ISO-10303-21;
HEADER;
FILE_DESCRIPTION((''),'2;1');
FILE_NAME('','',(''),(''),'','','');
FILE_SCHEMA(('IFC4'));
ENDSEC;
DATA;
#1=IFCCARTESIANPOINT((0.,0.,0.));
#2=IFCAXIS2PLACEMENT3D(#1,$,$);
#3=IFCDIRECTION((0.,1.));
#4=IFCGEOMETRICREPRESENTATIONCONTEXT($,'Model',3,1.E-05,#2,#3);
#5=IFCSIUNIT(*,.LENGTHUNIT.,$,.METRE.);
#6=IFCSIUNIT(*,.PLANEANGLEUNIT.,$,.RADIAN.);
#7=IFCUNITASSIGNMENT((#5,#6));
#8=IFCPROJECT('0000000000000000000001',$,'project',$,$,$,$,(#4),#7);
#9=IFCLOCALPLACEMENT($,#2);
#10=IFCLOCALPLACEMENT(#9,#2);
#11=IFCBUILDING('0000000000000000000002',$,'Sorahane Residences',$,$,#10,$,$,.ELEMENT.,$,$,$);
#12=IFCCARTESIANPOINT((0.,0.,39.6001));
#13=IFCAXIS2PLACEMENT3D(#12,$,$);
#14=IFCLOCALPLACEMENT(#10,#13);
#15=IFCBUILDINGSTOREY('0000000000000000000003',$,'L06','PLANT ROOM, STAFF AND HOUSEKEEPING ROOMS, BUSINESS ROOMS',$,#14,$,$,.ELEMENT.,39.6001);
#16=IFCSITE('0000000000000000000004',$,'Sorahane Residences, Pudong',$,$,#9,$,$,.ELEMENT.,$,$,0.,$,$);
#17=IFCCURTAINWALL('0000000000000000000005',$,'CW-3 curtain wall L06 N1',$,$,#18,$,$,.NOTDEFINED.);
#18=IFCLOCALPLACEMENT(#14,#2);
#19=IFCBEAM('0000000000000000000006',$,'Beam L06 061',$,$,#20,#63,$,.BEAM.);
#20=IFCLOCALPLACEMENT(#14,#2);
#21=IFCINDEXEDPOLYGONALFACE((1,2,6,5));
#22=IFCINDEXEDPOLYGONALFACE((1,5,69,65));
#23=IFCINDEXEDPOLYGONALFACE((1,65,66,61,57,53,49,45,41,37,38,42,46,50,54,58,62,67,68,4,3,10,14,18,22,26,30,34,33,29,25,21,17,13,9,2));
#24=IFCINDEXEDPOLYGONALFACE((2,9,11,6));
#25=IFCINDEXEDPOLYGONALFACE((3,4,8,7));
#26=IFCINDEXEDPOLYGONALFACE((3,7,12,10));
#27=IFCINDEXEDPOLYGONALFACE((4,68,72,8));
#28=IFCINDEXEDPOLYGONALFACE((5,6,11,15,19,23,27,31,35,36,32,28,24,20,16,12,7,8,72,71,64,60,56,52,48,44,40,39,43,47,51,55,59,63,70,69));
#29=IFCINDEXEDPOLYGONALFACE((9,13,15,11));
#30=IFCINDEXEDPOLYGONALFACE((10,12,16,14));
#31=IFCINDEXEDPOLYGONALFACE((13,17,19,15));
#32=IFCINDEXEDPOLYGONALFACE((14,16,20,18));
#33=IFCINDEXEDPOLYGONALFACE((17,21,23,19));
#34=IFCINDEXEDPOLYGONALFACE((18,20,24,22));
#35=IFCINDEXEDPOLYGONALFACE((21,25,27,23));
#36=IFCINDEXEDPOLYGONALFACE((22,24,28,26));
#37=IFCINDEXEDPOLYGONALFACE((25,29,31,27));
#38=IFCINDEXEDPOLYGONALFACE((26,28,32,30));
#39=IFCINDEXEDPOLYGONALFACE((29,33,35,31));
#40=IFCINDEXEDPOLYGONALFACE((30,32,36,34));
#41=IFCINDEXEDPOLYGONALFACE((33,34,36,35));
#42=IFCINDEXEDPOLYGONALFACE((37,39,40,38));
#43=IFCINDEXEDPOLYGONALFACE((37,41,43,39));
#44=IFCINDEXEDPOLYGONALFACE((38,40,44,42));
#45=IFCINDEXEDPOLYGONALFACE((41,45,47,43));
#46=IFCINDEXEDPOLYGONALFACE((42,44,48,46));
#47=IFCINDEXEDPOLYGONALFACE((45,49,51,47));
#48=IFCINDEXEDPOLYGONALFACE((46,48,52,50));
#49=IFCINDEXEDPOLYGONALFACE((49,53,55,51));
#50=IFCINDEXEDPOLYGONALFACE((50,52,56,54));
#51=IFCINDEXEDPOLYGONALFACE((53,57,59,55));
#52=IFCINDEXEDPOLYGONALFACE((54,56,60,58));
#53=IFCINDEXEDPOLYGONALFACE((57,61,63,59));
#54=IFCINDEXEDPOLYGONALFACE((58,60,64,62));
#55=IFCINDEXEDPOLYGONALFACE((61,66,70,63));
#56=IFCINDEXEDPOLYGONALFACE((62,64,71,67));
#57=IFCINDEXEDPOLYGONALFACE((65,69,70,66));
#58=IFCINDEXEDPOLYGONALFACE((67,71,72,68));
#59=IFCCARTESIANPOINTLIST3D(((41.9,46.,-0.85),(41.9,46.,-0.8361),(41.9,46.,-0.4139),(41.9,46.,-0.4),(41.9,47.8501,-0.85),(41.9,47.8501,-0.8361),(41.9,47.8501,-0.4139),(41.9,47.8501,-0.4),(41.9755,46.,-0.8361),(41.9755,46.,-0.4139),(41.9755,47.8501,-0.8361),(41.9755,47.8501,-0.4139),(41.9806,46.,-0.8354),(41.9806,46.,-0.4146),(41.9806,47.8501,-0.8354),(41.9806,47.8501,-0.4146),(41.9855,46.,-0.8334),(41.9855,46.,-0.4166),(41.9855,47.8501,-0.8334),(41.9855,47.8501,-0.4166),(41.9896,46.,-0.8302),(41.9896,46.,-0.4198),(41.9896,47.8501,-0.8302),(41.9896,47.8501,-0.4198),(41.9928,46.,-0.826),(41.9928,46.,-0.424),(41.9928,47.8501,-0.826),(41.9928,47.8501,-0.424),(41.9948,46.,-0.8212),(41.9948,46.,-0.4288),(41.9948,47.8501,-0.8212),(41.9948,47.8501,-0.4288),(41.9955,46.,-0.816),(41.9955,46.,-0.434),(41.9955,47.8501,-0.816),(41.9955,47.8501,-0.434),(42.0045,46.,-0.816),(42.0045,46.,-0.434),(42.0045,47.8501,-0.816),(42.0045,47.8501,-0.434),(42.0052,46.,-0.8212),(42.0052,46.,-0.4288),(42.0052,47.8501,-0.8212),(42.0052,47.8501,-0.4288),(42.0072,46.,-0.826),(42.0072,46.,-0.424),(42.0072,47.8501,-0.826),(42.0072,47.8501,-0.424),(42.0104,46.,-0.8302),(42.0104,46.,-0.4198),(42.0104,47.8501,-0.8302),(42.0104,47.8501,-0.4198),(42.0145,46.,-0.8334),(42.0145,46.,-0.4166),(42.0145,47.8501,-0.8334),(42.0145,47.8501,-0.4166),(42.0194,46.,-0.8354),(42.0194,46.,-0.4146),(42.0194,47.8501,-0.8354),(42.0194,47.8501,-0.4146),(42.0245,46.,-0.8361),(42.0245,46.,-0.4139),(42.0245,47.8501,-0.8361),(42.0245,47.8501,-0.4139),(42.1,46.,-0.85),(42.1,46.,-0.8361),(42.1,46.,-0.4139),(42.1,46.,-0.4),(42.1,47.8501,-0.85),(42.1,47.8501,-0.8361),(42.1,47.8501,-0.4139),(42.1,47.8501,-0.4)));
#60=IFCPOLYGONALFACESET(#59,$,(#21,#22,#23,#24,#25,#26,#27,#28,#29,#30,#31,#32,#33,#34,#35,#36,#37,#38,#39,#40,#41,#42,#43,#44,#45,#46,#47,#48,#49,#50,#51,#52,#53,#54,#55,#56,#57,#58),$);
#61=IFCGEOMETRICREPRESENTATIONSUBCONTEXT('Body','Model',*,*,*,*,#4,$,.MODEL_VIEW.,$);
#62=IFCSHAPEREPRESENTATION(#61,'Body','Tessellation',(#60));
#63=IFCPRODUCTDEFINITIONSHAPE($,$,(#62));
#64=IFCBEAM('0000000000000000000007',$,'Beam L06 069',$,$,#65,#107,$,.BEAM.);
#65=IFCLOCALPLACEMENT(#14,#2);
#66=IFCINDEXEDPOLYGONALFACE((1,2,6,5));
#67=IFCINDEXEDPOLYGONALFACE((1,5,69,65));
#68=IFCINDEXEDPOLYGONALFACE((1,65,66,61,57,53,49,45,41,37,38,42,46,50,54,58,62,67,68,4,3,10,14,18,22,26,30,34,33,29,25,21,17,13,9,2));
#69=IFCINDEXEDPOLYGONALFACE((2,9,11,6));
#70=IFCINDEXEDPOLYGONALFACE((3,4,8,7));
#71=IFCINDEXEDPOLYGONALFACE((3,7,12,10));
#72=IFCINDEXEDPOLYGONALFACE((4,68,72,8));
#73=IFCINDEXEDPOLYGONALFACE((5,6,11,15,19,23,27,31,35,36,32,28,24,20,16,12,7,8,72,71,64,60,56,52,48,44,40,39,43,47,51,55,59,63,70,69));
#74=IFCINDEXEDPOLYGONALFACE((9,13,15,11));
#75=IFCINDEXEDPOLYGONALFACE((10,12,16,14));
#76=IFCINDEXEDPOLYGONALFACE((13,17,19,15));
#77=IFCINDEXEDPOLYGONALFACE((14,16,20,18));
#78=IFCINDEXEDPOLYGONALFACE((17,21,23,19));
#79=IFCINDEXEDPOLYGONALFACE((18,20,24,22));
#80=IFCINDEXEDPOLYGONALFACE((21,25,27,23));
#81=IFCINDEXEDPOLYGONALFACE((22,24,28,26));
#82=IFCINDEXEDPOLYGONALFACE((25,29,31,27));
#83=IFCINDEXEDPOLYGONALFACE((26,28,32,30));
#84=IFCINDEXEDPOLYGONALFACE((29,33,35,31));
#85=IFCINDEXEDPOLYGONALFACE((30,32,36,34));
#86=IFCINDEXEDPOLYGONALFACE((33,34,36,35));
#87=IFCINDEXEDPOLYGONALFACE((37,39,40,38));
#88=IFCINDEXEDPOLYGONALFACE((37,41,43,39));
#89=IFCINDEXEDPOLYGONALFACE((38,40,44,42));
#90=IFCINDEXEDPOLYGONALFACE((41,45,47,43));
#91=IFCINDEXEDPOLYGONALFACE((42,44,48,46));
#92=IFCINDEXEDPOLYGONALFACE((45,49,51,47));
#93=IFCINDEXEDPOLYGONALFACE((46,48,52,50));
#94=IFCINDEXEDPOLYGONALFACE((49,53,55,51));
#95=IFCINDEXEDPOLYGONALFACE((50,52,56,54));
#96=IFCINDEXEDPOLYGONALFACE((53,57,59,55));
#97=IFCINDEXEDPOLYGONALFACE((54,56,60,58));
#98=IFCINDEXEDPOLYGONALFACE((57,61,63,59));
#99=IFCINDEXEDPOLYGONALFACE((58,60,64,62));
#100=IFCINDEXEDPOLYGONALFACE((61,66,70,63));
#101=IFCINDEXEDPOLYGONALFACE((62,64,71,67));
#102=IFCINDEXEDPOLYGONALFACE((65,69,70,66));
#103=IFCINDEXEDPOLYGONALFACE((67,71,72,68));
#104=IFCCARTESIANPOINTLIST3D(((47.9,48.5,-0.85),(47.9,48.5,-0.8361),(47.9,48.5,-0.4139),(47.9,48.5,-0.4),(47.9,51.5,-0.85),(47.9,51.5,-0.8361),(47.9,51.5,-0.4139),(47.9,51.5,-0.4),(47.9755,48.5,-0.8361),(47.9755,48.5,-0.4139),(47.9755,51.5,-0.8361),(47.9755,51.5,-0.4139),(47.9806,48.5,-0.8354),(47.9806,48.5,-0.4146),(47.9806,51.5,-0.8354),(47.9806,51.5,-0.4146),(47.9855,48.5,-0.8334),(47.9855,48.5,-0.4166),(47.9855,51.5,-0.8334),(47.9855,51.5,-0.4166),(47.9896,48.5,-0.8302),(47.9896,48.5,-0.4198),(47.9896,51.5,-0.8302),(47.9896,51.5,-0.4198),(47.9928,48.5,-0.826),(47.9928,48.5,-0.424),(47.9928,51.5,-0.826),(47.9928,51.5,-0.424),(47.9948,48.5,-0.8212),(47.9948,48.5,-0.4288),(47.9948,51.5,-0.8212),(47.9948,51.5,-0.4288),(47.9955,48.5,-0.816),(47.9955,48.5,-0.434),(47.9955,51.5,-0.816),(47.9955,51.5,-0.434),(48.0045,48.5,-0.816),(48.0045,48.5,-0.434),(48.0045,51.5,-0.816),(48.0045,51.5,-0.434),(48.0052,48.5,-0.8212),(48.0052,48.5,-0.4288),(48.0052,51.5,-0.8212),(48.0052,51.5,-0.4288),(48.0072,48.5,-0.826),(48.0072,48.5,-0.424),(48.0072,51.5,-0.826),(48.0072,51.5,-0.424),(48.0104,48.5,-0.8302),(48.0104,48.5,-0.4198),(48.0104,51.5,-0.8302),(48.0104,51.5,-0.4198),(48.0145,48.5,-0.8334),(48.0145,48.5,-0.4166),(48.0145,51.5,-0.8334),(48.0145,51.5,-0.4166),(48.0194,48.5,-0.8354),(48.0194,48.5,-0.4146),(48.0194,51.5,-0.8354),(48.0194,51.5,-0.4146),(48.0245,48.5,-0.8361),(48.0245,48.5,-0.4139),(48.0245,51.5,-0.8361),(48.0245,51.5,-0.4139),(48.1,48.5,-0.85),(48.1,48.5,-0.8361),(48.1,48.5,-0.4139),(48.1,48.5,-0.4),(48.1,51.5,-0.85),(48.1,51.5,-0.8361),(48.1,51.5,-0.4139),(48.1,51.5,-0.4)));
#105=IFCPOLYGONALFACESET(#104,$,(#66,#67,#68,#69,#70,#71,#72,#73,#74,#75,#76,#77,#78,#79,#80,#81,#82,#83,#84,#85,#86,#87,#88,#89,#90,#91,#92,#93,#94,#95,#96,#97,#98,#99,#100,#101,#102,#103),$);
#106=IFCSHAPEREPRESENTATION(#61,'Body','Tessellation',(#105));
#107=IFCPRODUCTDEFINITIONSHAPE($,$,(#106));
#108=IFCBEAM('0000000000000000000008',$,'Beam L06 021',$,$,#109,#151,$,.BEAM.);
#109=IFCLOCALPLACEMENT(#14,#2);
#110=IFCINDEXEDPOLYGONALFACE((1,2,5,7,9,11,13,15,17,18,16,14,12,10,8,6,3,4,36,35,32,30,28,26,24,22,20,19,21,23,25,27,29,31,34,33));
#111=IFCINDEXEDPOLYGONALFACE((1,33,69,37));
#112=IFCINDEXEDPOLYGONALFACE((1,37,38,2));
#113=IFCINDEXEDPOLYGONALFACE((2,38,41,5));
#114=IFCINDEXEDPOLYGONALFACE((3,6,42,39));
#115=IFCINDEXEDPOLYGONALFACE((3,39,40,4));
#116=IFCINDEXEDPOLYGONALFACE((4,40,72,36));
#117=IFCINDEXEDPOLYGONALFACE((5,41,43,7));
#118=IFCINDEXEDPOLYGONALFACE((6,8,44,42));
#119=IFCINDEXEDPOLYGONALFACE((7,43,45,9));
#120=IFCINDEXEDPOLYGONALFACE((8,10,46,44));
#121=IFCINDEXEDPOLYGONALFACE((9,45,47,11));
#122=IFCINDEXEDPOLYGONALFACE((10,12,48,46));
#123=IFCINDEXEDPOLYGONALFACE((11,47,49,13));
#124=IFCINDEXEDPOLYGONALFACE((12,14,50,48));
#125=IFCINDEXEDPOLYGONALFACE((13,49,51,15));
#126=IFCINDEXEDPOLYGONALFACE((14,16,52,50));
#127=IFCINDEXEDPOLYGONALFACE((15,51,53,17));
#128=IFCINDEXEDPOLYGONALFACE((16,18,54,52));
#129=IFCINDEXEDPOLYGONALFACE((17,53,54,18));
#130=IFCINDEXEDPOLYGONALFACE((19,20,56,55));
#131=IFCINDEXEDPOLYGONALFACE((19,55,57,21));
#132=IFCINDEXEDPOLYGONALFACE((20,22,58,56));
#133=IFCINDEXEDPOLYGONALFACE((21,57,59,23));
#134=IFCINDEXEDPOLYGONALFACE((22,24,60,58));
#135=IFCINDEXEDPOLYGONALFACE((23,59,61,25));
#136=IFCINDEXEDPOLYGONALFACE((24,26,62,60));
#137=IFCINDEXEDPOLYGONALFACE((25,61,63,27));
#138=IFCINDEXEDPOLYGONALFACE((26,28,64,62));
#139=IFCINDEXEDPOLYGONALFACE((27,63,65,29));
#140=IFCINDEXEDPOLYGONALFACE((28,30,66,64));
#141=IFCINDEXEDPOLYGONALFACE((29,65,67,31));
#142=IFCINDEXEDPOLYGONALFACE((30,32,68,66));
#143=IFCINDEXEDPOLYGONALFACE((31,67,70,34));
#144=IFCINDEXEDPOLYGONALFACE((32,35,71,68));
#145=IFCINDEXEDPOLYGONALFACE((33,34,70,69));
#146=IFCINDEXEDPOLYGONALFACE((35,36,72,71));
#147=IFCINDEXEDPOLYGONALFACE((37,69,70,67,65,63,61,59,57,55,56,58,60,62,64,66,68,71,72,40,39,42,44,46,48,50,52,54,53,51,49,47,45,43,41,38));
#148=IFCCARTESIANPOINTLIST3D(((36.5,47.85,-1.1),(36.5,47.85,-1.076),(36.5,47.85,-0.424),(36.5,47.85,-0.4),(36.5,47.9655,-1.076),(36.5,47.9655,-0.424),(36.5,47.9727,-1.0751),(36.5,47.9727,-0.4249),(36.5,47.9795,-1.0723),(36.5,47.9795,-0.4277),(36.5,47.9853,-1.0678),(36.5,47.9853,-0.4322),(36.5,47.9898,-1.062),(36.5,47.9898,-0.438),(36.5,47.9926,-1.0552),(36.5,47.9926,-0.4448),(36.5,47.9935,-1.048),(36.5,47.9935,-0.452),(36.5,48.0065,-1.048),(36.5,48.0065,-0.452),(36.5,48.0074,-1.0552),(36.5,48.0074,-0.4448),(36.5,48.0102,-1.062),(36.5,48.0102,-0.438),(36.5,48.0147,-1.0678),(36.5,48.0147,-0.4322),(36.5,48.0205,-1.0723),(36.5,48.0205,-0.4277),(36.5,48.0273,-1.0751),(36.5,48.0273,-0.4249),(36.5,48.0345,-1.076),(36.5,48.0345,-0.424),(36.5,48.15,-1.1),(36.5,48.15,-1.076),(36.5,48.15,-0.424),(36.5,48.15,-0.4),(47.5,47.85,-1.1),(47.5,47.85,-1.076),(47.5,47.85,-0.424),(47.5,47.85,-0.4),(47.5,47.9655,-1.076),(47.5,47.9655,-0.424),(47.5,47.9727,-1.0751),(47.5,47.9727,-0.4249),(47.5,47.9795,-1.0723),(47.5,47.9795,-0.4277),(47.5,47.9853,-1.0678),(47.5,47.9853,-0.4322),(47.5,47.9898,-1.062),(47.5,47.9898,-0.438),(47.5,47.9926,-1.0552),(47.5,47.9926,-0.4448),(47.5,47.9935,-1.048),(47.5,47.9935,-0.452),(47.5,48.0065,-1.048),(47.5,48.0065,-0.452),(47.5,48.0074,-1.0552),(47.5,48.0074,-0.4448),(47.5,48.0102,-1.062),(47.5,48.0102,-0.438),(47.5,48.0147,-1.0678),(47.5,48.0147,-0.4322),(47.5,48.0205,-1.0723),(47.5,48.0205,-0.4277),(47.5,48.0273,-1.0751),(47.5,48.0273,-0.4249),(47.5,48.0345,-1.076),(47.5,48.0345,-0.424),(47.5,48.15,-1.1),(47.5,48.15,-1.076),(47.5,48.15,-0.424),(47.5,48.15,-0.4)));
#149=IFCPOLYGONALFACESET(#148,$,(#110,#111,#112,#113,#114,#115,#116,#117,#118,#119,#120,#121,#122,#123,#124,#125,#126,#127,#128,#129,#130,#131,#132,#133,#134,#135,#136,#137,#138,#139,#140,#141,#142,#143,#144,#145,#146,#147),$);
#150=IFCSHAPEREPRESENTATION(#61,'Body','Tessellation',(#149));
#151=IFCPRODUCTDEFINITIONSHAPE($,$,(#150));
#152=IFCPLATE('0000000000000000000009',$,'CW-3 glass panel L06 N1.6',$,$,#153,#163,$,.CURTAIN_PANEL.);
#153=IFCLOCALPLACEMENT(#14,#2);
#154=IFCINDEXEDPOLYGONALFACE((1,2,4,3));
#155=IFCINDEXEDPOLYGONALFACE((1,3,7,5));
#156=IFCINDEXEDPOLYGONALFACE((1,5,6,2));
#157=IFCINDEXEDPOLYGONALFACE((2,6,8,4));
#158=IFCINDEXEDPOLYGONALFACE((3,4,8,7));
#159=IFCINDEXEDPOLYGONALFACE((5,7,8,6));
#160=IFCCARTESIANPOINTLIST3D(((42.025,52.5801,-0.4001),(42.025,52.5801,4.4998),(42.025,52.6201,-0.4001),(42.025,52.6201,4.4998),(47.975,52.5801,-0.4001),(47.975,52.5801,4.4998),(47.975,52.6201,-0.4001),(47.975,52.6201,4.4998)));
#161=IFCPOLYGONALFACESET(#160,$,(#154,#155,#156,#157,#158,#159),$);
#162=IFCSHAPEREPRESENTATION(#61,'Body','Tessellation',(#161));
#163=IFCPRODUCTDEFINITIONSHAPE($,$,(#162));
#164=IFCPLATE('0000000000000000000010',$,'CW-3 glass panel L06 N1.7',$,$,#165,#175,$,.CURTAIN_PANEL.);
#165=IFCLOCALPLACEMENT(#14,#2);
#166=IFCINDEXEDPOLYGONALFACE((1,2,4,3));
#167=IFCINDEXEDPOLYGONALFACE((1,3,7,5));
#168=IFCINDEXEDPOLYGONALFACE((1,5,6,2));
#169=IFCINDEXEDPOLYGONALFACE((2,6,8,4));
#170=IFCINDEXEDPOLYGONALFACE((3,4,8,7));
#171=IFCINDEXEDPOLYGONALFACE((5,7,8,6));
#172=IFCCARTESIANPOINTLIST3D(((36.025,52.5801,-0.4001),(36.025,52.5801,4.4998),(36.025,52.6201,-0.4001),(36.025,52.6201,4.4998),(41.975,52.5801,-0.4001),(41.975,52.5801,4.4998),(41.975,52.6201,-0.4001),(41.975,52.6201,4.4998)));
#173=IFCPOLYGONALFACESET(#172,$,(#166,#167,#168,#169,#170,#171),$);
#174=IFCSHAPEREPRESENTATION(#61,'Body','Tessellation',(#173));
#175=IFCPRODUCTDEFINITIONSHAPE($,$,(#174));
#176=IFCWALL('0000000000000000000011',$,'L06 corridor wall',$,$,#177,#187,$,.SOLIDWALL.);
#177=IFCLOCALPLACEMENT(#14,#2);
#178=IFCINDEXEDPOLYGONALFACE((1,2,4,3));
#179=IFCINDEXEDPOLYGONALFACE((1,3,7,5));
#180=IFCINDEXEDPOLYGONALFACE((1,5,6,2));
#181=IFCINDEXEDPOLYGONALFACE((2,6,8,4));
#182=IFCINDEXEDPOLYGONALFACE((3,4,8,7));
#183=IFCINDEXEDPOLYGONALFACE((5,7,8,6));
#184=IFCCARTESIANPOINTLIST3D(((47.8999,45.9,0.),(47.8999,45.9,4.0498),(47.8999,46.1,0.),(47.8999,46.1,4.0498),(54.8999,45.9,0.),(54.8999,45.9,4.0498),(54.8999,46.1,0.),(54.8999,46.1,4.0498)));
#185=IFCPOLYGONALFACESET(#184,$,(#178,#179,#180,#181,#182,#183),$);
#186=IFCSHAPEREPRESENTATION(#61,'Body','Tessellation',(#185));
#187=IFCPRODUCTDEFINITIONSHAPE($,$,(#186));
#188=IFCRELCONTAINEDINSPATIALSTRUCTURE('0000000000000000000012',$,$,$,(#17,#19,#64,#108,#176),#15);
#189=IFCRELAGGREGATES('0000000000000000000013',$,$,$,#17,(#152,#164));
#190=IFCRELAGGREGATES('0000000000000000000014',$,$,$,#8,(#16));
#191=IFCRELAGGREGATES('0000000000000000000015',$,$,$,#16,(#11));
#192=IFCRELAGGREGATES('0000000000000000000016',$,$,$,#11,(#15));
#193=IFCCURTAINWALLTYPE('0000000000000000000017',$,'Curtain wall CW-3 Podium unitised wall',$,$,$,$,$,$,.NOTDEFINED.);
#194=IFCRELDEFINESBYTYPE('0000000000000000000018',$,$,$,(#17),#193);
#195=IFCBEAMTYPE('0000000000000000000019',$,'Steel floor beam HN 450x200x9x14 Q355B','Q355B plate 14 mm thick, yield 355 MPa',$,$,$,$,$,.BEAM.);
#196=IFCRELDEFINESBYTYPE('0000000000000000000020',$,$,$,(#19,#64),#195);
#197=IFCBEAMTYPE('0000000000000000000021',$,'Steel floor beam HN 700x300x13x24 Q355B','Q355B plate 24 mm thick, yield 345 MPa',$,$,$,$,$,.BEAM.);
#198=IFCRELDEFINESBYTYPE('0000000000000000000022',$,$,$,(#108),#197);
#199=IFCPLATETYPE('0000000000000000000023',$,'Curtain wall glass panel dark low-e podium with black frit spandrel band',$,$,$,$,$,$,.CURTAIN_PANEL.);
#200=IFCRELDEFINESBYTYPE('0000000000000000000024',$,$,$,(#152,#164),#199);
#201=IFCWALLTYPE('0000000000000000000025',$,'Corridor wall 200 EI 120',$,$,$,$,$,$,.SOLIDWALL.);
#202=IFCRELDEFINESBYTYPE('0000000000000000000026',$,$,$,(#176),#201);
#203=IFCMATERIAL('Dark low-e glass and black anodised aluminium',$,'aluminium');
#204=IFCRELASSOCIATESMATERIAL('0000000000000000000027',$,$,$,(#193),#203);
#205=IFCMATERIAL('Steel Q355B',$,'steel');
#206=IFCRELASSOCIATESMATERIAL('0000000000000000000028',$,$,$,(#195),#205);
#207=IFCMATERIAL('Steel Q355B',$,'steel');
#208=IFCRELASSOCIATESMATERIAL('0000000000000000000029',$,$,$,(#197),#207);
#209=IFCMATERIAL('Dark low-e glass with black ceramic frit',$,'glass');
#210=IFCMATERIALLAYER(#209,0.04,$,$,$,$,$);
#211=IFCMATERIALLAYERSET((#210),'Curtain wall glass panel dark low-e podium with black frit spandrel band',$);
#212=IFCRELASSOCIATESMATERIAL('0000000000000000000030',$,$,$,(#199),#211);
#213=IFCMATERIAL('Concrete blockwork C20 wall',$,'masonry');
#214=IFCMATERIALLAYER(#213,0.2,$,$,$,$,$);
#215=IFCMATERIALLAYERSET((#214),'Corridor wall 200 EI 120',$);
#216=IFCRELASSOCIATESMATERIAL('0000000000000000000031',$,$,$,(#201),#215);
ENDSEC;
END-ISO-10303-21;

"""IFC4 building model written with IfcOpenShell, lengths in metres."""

from ifc_helpers import new_model, si_unit, direction, frame, frame_2d, origin, origin_2d, place, context, subcontext, project, spatial, rectangle, i_section, extrude, material, layer, layer_set, material_profile, profile_set, type_object, element, aggregate, save


model = new_model("IFC4")

# Units and contexts
model_context = context("Model", 3, precision=1e-05, world=origin(), true_north=direction((0.0, 1.0)))
body_context = subcontext(model_context, "Body", "Model", "MODEL_VIEW")
ifc_project = project(units=[si_unit("LENGTHUNIT", "METRE"), si_unit("PLANEANGLEUNIT", "RADIAN")], contexts=[model_context])

# Site, building, storey
site_placement = place(None, origin())
site = spatial("IfcSite", under=ifc_project, at=site_placement, Name="Sorahane Residences, Pudong", CompositionType="ELEMENT", RefElevation=0.0)
building_placement = place(site_placement, origin())
building = spatial("IfcBuilding", under=site, at=building_placement, Name="Sorahane Residences", CompositionType="ELEMENT")
storey_placement = place(building_placement, frame((0.0, 0.0, 39.6001)))
storey = spatial("IfcBuildingStorey", under=building, at=storey_placement, Name="L06", Description="PLANT ROOM, STAFF AND HOUSEKEEPING ROOMS, BUSINESS ROOMS", CompositionType="ELEMENT", Elevation=39.6001)

# Curtain wall
ifc_material_1 = material(Name="Dark low-e glass and black anodised aluminium", Category="aluminium")
curtain_wall_type = type_object("IfcCurtainWallType", Name="Curtain wall CW-3 Podium unitised wall", PredefinedType="NOTDEFINED", material=ifc_material_1)
curtain_wall_placement = place(storey_placement, origin())
curtain_wall = element("IfcCurtainWall", 1, at=curtain_wall_placement, inside=storey, type_object=curtain_wall_type, Name="CW-3 curtain wall L06 N1", PredefinedType="NOTDEFINED")

# Beams
ifc_material_2 = material(Name="Steel Q355B", Category="steel")
ifc_material_profile_1 = material_profile(ifc_material_2, i_section(OverallWidth=0.2, OverallDepth=0.45, WebThickness=0.009, FlangeThickness=0.0139, FilletRadius=0.02, at=origin_2d()), Name="HN 450x200x9x14")
ifc_profile_set_1 = profile_set([ifc_material_profile_1], Name="Steel Q355B")
beam_type_1 = type_object("IfcBeamType", Name="Steel floor beam HN 450x200x9x14 Q355B", Description="Q355B plate 14 mm thick, yield 355 MPa", PredefinedType="BEAM", material=ifc_profile_set_1)
beam_1_placement = place(storey_placement, frame((42.0, 46.0, -0.625), z_axis=(0.0, 1.0, 0.0), x_axis=(-1.0, 0.0, 0.0)))
element("IfcBeam", 2, at=beam_1_placement, inside=storey, type_object=beam_type_1, Name="Beam L06 061", PredefinedType="BEAM", context=body_context, shape_type="SweptSolid", body=[
    extrude(i_section(OverallWidth=0.2, OverallDepth=0.45, WebThickness=0.009, FlangeThickness=0.0139, FilletRadius=0.02, at=origin_2d()), origin(), (0.0, 0.0, 1.0), 1.8501),
])
beam_2_placement = place(storey_placement, frame((48.0, 48.5, -0.625), z_axis=(0.0, 1.0, 0.0), x_axis=(-1.0, 0.0, 0.0)))
element("IfcBeam", 3, at=beam_2_placement, inside=storey, type_object=beam_type_1, Name="Beam L06 069", PredefinedType="BEAM", context=body_context, shape_type="SweptSolid", body=[
    extrude(i_section(OverallWidth=0.2, OverallDepth=0.45, WebThickness=0.009, FlangeThickness=0.0139, FilletRadius=0.02, at=origin_2d()), origin(), (0.0, 0.0, 1.0), 3.0),
])
ifc_material_3 = material(Name="Steel Q355B", Category="steel")
ifc_material_profile_2 = material_profile(ifc_material_3, i_section(OverallWidth=0.3, OverallDepth=0.7, WebThickness=0.0129, FlangeThickness=0.0239, FilletRadius=0.0281, at=origin_2d()), Name="HN 700x300x13x24")
ifc_profile_set_2 = profile_set([ifc_material_profile_2], Name="Steel Q355B")
beam_type_2 = type_object("IfcBeamType", Name="Steel floor beam HN 700x300x13x24 Q355B", Description="Q355B plate 24 mm thick, yield 345 MPa", PredefinedType="BEAM", material=ifc_profile_set_2)
beam_3_placement = place(storey_placement, frame((36.5, 48.0, -0.75), z_axis=(1.0, 0.0, 0.0), x_axis=(0.0, 1.0, 0.0)))
element("IfcBeam", 4, at=beam_3_placement, inside=storey, type_object=beam_type_2, Name="Beam L06 021", PredefinedType="BEAM", context=body_context, shape_type="SweptSolid", body=[
    extrude(i_section(OverallWidth=0.3, OverallDepth=0.7, WebThickness=0.0129, FlangeThickness=0.0239, FilletRadius=0.0281, at=origin_2d()), origin(), (0.0, 0.0, 1.0), 11.0),
])

# Plates
ifc_material_4 = material(Name="Dark low-e glass with black ceramic frit", Category="glass")
ifc_layer_1 = layer(ifc_material_4, 0.04)
ifc_layer_set_1 = layer_set([ifc_layer_1], Name="Curtain wall glass panel dark low-e podium with black frit spandrel band")
plate_type = type_object("IfcPlateType", Name="Curtain wall glass panel dark low-e podium with black frit spandrel band", PredefinedType="CURTAIN_PANEL", material=ifc_layer_set_1)
plate_1_placement = place(storey_placement, frame((45.0, 52.6001, -0.4001), z_axis=(0.0, 0.0, 1.0), x_axis=(-1.0, 0.0, 0.0)))
plate_1 = element("IfcPlate", 5, at=plate_1_placement, type_object=plate_type, Name="CW-3 glass panel L06 N1.6", PredefinedType="CURTAIN_PANEL", context=body_context, shape_type="SweptSolid", body=[
    extrude(rectangle(XDim=5.95, YDim=0.04, at=origin_2d()), origin(), (0.0, 0.0, 1.0), 4.8999),
])
plate_2_placement = place(storey_placement, frame((39.0, 52.6001, -0.4001), z_axis=(0.0, 0.0, 1.0), x_axis=(-1.0, 0.0, 0.0)))
plate_2 = element("IfcPlate", 6, at=plate_2_placement, type_object=plate_type, Name="CW-3 glass panel L06 N1.7", PredefinedType="CURTAIN_PANEL", context=body_context, shape_type="SweptSolid", body=[
    extrude(rectangle(XDim=5.95, YDim=0.04, at=origin_2d()), origin(), (0.0, 0.0, 1.0), 4.8999),
])
aggregate(curtain_wall, [plate_1, plate_2])

# Wall
ifc_material_5 = material(Name="Concrete blockwork C20 wall", Category="masonry")
ifc_layer_2 = layer(ifc_material_5, 0.2)
ifc_layer_set_2 = layer_set([ifc_layer_2], Name="Corridor wall 200 EI 120")
wall_type = type_object("IfcWallType", Name="Corridor wall 200 EI 120", PredefinedType="SOLIDWALL", material=ifc_layer_set_2)
wall_placement = place(storey_placement, frame((47.8999, 46.0, 0.0), z_axis=(0.0, 0.0, 1.0), x_axis=(1.0, 0.0, 0.0)))
element("IfcWall", 7, at=wall_placement, inside=storey, type_object=wall_type, Name="L06 corridor wall", PredefinedType="SOLIDWALL", context=body_context, shape_type="SweptSolid", body=[
    extrude(rectangle(XDim=7.0, YDim=0.2, at=frame_2d((3.5, 0.0))), origin(), (0.0, 0.0, 1.0), 4.0498),
])

save(model, "model.ifc")
